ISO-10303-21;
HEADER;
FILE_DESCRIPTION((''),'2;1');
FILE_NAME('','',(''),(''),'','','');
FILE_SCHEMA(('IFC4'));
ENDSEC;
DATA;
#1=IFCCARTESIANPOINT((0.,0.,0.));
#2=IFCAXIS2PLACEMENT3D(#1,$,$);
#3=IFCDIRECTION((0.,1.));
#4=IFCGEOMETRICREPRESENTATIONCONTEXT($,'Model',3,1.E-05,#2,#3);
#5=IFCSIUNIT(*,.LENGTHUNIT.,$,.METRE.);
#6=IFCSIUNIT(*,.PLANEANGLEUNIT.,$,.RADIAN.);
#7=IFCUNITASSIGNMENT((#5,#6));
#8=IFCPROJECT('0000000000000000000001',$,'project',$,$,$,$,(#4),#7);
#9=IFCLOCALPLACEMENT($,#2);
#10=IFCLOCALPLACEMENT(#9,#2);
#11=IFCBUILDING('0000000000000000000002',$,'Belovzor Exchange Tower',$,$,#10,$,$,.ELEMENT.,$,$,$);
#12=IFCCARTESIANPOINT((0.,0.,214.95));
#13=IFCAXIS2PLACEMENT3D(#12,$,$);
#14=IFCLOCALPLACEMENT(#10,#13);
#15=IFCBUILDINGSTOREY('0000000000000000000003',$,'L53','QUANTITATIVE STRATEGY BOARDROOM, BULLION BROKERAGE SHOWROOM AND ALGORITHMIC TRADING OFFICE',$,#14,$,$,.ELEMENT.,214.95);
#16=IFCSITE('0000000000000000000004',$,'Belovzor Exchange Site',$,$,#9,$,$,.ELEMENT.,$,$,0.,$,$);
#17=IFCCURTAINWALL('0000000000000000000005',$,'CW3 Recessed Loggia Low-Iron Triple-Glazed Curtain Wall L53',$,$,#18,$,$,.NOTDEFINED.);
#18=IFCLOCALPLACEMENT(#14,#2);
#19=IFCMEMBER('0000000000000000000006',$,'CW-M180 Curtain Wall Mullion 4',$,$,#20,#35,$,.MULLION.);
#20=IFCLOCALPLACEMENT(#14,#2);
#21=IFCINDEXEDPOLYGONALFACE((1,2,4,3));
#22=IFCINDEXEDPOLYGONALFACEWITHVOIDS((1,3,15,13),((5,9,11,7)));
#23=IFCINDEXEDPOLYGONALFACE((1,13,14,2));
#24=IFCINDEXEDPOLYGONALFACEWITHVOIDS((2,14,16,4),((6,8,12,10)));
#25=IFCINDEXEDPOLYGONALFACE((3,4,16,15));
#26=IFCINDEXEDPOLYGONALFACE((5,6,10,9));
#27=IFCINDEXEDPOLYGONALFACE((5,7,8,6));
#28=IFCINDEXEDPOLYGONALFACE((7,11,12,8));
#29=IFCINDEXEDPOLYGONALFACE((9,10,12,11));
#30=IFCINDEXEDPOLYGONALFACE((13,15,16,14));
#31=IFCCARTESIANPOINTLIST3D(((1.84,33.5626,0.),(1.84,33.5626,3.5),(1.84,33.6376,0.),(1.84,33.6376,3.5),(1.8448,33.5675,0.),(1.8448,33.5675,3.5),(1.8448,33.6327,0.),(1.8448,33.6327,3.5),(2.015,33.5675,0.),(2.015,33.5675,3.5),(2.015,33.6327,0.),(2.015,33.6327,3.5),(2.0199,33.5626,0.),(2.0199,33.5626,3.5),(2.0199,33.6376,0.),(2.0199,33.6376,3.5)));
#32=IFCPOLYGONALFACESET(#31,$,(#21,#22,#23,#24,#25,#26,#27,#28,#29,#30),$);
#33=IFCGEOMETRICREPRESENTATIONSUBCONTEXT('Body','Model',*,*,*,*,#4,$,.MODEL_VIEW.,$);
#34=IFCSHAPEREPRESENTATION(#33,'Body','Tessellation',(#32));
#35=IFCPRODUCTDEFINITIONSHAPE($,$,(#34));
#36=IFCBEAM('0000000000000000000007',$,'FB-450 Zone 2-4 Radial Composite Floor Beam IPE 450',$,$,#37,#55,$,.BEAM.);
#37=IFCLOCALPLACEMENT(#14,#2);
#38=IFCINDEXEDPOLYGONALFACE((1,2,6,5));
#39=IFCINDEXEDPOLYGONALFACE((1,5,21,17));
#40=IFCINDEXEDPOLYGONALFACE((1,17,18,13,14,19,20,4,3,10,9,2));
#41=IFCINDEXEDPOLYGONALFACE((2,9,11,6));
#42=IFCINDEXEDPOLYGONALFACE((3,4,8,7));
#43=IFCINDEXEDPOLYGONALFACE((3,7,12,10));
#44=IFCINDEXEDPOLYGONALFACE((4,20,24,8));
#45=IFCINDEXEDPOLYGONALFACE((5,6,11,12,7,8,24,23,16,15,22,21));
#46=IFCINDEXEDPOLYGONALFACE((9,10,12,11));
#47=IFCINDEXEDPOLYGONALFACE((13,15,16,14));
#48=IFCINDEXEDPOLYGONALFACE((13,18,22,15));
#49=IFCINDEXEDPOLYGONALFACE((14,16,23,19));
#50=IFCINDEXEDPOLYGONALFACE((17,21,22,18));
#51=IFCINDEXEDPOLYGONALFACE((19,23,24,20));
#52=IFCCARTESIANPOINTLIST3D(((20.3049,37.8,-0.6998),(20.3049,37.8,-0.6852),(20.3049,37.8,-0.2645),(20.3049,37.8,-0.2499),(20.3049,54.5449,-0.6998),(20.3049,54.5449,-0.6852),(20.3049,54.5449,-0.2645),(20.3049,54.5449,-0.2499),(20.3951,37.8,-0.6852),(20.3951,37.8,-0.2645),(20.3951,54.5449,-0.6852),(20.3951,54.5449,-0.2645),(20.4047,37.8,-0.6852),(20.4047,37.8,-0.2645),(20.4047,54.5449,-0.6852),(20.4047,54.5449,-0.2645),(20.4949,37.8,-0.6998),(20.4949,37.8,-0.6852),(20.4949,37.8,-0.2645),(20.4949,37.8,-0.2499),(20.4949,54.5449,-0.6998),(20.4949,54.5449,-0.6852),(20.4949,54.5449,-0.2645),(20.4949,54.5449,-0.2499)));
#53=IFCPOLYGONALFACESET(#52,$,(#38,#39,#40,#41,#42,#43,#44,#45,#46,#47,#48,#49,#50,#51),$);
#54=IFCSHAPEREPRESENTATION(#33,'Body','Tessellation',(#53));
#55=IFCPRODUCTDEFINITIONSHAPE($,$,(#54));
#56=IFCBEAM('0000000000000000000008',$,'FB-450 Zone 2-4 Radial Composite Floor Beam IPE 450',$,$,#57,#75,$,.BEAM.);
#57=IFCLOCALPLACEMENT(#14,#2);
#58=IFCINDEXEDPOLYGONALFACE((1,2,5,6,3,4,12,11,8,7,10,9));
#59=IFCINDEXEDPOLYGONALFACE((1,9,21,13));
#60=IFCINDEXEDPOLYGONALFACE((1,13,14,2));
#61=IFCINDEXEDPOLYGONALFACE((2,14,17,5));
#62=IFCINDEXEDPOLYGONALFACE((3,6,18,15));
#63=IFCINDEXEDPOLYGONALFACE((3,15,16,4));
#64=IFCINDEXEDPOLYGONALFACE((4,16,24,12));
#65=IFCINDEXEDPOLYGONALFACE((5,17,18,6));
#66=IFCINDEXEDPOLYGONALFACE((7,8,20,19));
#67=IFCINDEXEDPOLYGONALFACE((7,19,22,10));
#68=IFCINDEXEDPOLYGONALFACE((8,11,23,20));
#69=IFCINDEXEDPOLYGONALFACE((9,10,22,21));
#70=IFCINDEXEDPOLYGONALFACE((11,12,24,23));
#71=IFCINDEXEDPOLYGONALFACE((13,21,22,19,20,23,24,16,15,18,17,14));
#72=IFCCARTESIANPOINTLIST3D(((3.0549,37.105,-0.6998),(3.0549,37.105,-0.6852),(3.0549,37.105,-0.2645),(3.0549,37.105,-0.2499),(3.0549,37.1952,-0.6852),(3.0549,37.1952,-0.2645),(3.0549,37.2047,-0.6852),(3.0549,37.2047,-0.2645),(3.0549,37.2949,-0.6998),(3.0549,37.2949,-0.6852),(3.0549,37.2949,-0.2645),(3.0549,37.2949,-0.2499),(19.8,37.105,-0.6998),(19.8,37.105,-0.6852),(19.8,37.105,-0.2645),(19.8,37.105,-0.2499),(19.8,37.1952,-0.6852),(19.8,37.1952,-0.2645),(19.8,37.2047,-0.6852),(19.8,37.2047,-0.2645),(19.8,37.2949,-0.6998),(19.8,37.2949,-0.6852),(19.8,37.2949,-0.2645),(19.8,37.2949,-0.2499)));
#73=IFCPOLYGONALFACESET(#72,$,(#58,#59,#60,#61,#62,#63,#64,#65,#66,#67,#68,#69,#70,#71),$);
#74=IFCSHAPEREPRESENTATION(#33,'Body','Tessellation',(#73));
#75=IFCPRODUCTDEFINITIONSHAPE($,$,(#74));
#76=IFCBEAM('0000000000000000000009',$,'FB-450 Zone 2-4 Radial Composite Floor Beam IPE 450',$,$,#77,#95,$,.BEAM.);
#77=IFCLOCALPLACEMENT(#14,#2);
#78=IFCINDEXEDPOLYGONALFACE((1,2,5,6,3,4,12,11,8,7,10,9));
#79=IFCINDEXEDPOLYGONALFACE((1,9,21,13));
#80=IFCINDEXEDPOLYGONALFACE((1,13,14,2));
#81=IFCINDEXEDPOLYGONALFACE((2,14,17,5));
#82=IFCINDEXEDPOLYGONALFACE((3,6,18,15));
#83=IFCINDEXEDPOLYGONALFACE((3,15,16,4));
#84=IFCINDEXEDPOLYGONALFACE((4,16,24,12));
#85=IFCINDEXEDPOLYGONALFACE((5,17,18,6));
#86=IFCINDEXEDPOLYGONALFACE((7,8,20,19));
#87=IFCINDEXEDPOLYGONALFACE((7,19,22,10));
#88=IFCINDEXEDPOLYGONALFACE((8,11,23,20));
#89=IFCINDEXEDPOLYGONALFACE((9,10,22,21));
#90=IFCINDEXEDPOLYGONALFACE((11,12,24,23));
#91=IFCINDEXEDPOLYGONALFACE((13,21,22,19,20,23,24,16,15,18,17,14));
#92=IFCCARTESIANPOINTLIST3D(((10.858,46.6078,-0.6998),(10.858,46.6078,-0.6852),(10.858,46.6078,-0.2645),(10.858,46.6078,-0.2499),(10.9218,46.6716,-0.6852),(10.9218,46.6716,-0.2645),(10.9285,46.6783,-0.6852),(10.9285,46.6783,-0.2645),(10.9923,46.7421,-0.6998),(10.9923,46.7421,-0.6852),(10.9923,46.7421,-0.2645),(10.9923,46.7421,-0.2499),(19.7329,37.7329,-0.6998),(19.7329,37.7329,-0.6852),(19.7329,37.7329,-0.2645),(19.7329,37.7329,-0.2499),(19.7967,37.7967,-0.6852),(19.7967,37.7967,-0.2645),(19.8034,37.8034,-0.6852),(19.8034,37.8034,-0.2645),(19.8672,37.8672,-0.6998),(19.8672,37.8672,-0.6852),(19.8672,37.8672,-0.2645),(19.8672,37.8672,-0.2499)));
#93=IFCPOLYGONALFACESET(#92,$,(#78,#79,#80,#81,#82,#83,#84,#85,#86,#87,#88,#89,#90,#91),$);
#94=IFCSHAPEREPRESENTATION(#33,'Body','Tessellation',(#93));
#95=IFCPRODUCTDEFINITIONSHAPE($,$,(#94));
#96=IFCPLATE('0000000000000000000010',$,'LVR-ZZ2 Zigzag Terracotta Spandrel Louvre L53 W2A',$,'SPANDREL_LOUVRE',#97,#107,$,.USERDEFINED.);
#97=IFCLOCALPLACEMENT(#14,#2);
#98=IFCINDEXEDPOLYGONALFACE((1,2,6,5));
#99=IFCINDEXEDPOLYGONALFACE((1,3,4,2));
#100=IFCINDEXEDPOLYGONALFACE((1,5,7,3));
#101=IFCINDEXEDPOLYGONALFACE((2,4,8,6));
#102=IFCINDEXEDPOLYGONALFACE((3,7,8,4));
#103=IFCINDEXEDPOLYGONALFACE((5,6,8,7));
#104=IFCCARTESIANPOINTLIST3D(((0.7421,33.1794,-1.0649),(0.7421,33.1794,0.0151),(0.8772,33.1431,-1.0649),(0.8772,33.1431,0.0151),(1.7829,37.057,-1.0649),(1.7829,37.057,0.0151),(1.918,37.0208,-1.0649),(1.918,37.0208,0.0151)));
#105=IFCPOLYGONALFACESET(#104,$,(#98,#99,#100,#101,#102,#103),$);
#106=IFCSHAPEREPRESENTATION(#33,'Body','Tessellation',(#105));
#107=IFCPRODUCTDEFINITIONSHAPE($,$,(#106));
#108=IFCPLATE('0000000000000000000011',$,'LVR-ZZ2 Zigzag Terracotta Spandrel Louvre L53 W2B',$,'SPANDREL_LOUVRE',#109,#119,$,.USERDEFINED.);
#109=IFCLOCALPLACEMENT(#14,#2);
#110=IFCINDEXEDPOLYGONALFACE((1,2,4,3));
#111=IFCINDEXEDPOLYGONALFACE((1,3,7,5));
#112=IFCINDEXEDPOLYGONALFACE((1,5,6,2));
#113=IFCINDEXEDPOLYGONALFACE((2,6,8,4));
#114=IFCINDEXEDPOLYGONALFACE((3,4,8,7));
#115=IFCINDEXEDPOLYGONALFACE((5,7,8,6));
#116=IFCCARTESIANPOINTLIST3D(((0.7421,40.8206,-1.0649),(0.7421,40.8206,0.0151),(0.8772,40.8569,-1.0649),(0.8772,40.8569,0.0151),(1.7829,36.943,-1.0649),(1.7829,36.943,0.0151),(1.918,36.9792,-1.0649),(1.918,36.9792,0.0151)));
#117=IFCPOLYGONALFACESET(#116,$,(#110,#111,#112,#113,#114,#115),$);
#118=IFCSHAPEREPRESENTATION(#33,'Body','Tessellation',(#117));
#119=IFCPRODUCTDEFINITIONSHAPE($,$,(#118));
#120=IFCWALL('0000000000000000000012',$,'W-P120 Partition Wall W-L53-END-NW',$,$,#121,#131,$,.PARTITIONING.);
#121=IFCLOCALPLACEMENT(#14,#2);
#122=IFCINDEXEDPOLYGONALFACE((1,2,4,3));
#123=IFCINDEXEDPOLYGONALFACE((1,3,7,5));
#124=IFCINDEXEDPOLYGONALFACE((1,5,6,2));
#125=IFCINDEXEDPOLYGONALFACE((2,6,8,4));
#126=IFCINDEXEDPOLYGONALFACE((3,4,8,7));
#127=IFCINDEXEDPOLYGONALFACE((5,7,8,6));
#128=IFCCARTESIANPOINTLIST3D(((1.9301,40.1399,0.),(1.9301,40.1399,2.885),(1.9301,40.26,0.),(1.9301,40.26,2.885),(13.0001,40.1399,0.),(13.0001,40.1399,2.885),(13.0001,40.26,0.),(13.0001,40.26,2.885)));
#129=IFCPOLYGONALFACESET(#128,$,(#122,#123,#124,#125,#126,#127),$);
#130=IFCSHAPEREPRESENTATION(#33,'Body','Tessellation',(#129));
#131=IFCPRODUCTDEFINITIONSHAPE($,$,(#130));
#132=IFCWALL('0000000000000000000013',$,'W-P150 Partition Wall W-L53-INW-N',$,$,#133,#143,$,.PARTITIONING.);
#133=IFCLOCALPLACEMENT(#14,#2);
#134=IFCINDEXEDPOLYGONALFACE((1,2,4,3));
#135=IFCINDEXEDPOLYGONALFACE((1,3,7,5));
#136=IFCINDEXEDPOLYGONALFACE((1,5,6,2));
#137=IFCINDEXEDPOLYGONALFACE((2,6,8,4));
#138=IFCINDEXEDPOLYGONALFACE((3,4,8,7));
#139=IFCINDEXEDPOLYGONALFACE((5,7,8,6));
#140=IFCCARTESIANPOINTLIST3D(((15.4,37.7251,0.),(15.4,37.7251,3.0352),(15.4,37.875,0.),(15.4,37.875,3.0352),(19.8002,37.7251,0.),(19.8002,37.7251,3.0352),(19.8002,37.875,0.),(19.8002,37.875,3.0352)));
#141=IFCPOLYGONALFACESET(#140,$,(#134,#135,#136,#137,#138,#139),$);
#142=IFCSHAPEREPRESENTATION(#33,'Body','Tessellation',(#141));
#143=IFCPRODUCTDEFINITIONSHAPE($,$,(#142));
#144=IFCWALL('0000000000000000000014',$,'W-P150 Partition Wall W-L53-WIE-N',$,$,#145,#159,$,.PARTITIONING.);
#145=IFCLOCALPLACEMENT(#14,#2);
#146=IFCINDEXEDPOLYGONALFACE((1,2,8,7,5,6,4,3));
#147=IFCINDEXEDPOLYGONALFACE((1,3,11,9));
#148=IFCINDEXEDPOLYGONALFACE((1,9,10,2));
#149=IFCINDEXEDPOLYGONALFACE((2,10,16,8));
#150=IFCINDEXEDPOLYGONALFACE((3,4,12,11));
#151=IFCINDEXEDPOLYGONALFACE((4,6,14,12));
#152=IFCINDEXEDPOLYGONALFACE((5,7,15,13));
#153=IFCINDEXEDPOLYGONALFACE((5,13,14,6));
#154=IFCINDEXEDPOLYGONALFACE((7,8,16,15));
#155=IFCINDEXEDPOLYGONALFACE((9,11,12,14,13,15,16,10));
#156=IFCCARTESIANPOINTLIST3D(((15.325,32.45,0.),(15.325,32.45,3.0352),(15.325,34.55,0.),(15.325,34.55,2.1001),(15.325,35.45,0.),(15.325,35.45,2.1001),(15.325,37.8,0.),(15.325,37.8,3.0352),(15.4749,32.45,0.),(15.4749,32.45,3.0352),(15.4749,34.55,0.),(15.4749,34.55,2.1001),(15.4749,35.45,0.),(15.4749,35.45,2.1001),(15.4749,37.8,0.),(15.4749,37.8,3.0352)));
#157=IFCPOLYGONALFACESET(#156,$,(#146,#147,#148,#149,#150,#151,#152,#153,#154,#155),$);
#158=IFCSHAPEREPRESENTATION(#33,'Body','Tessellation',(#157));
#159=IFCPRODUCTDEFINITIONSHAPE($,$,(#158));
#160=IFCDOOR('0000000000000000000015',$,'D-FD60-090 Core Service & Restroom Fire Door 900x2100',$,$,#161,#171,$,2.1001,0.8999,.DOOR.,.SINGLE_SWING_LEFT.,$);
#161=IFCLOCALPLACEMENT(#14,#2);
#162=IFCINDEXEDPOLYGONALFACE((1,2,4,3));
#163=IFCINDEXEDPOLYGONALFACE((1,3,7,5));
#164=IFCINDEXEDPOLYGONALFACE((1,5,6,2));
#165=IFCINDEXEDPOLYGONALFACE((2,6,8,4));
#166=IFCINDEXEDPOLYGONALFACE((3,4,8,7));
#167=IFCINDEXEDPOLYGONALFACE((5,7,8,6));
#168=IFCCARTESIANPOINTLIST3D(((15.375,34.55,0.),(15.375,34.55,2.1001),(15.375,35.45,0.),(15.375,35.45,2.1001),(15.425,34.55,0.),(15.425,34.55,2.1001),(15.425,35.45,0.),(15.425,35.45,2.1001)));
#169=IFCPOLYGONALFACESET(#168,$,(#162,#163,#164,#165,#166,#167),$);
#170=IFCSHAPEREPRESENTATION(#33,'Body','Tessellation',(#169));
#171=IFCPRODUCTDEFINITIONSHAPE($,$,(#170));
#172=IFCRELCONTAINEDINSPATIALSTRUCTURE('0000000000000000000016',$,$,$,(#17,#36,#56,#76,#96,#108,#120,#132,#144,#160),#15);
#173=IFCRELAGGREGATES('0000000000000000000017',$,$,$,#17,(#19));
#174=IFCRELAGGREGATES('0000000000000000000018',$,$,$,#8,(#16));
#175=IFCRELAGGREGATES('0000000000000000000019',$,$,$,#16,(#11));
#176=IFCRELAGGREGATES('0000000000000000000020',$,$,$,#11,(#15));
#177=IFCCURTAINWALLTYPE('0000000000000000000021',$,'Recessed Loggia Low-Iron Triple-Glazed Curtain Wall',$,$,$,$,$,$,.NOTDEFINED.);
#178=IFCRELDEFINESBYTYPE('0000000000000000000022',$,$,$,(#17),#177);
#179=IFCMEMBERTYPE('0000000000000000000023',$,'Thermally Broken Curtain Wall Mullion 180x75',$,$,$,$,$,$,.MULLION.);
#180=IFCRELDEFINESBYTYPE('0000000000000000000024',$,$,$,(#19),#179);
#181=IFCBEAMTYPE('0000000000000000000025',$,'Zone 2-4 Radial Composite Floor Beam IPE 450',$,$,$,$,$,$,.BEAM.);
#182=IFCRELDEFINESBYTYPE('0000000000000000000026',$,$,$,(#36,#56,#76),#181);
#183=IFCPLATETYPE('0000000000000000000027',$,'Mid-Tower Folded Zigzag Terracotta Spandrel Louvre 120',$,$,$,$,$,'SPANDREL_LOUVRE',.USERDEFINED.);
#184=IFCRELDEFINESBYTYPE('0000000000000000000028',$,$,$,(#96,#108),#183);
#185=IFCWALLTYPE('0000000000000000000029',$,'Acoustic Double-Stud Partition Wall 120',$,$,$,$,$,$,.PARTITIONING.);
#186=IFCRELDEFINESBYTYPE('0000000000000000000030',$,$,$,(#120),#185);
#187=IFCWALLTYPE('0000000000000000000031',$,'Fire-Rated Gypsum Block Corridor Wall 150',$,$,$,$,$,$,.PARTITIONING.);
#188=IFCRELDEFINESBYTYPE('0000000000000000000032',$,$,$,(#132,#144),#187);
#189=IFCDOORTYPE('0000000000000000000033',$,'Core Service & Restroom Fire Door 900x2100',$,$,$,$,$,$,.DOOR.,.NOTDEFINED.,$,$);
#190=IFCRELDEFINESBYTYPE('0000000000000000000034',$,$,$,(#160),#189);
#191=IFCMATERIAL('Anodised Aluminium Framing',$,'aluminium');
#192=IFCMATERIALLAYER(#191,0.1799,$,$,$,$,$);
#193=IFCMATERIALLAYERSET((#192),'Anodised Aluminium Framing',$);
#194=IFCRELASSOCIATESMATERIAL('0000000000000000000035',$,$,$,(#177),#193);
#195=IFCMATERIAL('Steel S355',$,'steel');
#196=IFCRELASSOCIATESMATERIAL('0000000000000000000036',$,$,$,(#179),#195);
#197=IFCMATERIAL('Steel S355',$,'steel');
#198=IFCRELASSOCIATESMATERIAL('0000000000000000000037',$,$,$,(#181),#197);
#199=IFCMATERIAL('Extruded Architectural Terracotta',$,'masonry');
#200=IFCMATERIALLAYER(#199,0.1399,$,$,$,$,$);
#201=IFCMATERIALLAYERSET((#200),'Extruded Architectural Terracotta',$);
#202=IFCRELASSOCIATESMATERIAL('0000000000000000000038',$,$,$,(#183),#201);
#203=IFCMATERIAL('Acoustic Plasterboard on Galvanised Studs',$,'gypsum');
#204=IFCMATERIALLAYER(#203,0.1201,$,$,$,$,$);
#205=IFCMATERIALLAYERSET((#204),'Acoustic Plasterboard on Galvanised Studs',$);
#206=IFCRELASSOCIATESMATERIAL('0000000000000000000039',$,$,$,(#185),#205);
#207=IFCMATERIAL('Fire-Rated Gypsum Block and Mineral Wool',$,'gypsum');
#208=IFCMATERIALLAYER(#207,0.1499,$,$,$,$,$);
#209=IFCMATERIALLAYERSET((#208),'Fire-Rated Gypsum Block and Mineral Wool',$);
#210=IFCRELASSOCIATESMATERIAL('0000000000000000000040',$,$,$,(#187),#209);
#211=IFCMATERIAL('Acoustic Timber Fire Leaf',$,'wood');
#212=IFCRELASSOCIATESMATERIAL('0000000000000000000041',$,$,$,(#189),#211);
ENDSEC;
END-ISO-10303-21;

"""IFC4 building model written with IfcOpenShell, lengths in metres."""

from ifc_helpers import new_model, si_unit, direction, frame, frame_2d, origin, origin_2d, place, context, subcontext, project, spatial, rectangle, hollow_rectangle, i_section, extrude, material, layer, layer_set, material_profile, profile_set, type_object, element, fill, aggregate, save


model = new_model("IFC4")

# Units and contexts
model_context = context("Model", 3, precision=1e-05, world=origin(), true_north=direction((0.0, 1.0)))
body_context = subcontext(model_context, "Body", "Model", "MODEL_VIEW")
ifc_project = project(units=[si_unit("LENGTHUNIT", "METRE"), si_unit("PLANEANGLEUNIT", "RADIAN")], contexts=[model_context])

# Site, building, storey
site_placement = place(None, origin())
site = spatial("IfcSite", under=ifc_project, at=site_placement, Name="Belovzor Exchange Site", CompositionType="ELEMENT", RefElevation=0.0)
building_placement = place(site_placement, origin())
building = spatial("IfcBuilding", under=site, at=building_placement, Name="Belovzor Exchange Tower", CompositionType="ELEMENT")
storey_placement = place(building_placement, frame((0.0, 0.0, 214.95)))
storey = spatial("IfcBuildingStorey", under=building, at=storey_placement, Name="L53", Description="QUANTITATIVE STRATEGY BOARDROOM, BULLION BROKERAGE SHOWROOM AND ALGORITHMIC TRADING OFFICE", CompositionType="ELEMENT", Elevation=214.95)

# Curtain wall, member
ifc_material_1 = material(Name="Anodised Aluminium Framing", Category="aluminium")
ifc_layer_1 = layer(ifc_material_1, 0.1799)
ifc_layer_set_1 = layer_set([ifc_layer_1], Name="Anodised Aluminium Framing")
curtain_wall_type = type_object("IfcCurtainWallType", Name="Recessed Loggia Low-Iron Triple-Glazed Curtain Wall", PredefinedType="NOTDEFINED", material=ifc_layer_set_1)
curtain_wall_placement = place(storey_placement, origin())
curtain_wall = element("IfcCurtainWall", 1, at=curtain_wall_placement, inside=storey, type_object=curtain_wall_type, Name="CW3 Recessed Loggia Low-Iron Triple-Glazed Curtain Wall L53", PredefinedType="NOTDEFINED")
ifc_material_2 = material(Name="Steel S355", Category="steel")
ifc_material_profile_1 = material_profile(ifc_material_2, hollow_rectangle(XDim=0.075, YDim=0.1799, WallThickness=0.0049, at=origin_2d()))
ifc_profile_set_1 = profile_set([ifc_material_profile_1], Name="Steel S355")
member_type = type_object("IfcMemberType", Name="Thermally Broken Curtain Wall Mullion 180x75", PredefinedType="MULLION", material=ifc_profile_set_1)
member_placement = place(storey_placement, frame((1.9299, 33.6001, 0.0), z_axis=(0.0, 0.0, 1.0), x_axis=(0.0, 1.0, 0.0)))
member = element("IfcMember", 2, at=member_placement, type_object=member_type, Name="CW-M180 Curtain Wall Mullion 4", PredefinedType="MULLION", context=body_context, shape_type="SweptSolid", body=[
    extrude(hollow_rectangle(XDim=0.075, YDim=0.1799, WallThickness=0.0049, at=origin_2d()), origin(), (0.0, 0.0, 1.0), 3.5),
])
aggregate(curtain_wall, [member])

# Beams
ifc_material_3 = material(Name="Steel S355", Category="steel")
ifc_material_profile_2 = material_profile(ifc_material_3, i_section(OverallWidth=0.1899, OverallDepth=0.45, WebThickness=0.0095, FlangeThickness=0.0146, at=origin_2d()))
ifc_profile_set_2 = profile_set([ifc_material_profile_2], Name="Steel S355")
beam_type = type_object("IfcBeamType", Name="Zone 2-4 Radial Composite Floor Beam IPE 450", PredefinedType="BEAM", material=ifc_profile_set_2)
beam_1_placement = place(storey_placement, frame((20.3999, 37.8, -0.4749), z_axis=(0.0, 1.0, 0.0), x_axis=(-1.0, 0.0, 0.0)))
element("IfcBeam", 3, at=beam_1_placement, inside=storey, type_object=beam_type, Name="FB-450 Zone 2-4 Radial Composite Floor Beam IPE 450", PredefinedType="BEAM", context=body_context, shape_type="SweptSolid", body=[
    extrude(i_section(OverallWidth=0.1899, OverallDepth=0.45, WebThickness=0.0095, FlangeThickness=0.0146, at=origin_2d()), origin(), (0.0, 0.0, 1.0), 16.7449),
])
beam_2_placement = place(storey_placement, frame((19.8, 37.2, -0.4749), z_axis=(-1.0, 0.0, 0.0), x_axis=(0.0, -1.0, 0.0)))
element("IfcBeam", 4, at=beam_2_placement, inside=storey, type_object=beam_type, Name="FB-450 Zone 2-4 Radial Composite Floor Beam IPE 450", PredefinedType="BEAM", context=body_context, shape_type="SweptSolid", body=[
    extrude(i_section(OverallWidth=0.1899, OverallDepth=0.45, WebThickness=0.0095, FlangeThickness=0.0146, at=origin_2d()), origin(), (0.0, 0.0, 1.0), 16.7451),
])
beam_3_placement = place(storey_placement, frame((19.8, 37.8, -0.4749), z_axis=(-0.707107, 0.707107, 0.0), x_axis=(-0.707107, -0.707107, 0.0)))
element("IfcBeam", 5, at=beam_3_placement, inside=storey, type_object=beam_type, Name="FB-450 Zone 2-4 Radial Composite Floor Beam IPE 450", PredefinedType="BEAM", context=body_context, shape_type="SweptSolid", body=[
    extrude(i_section(OverallWidth=0.1899, OverallDepth=0.45, WebThickness=0.0095, FlangeThickness=0.0146, at=origin_2d()), origin(), (0.0, 0.0, 1.0), 12.551),
])

# Plates
ifc_material_4 = material(Name="Extruded Architectural Terracotta", Category="masonry")
ifc_layer_2 = layer(ifc_material_4, 0.1399)
ifc_layer_set_2 = layer_set([ifc_layer_2], Name="Extruded Architectural Terracotta")
plate_type = type_object("IfcPlateType", Name="Mid-Tower Folded Zigzag Terracotta Spandrel Louvre 120", ElementType="SPANDREL_LOUVRE", PredefinedType="USERDEFINED", material=ifc_layer_set_2)
for number, where, z_axis, x_axis, name in (
    (6, (1.3301, 35.1001, -1.0649), (0.0, 0.0, 1.0), (0.25924, 0.965813, 0.0), "LVR-ZZ2 Zigzag Terracotta Spandrel Louvre L53 W2A"),
    (7, (1.3301, 38.8999, -1.0649), (0.0, 0.0, 1.0), (-0.25924, 0.965813, 0.0), "LVR-ZZ2 Zigzag Terracotta Spandrel Louvre L53 W2B"),
):
    element("IfcPlate", number, at=place(storey_placement, frame(where, z_axis=z_axis, x_axis=x_axis)), inside=storey, type_object=plate_type, Name=name, ObjectType="SPANDREL_LOUVRE", PredefinedType="USERDEFINED", context=body_context, shape_type="SweptSolid", body=[
        extrude(rectangle(XDim=4.0149, YDim=0.1399, at=origin_2d()), origin(), (0.0, 0.0, 1.0), 1.0801),
    ])

# Walls
ifc_material_5 = material(Name="Acoustic Plasterboard on Galvanised Studs", Category="gypsum")
ifc_layer_3 = layer(ifc_material_5, 0.1201)
ifc_layer_set_3 = layer_set([ifc_layer_3], Name="Acoustic Plasterboard on Galvanised Studs")
wall_type_1 = type_object("IfcWallType", Name="Acoustic Double-Stud Partition Wall 120", PredefinedType="PARTITIONING", material=ifc_layer_set_3)
wall_1_placement = place(storey_placement, frame((1.9299, 40.2, 0.0), z_axis=(0.0, 0.0, 1.0), x_axis=(1.0, 0.0, 0.0)))
element("IfcWall", 8, at=wall_1_placement, inside=storey, type_object=wall_type_1, Name="W-P120 Partition Wall W-L53-END-NW", PredefinedType="PARTITIONING", context=body_context, shape_type="SweptSolid", body=[
    extrude(rectangle(XDim=11.0701, YDim=0.1201, at=frame_2d((5.5352, 0.0))), origin(), (0.0, 0.0, 1.0), 2.885),
])
ifc_material_6 = material(Name="Fire-Rated Gypsum Block and Mineral Wool", Category="gypsum")
ifc_layer_4 = layer(ifc_material_6, 0.1499)
ifc_layer_set_4 = layer_set([ifc_layer_4], Name="Fire-Rated Gypsum Block and Mineral Wool")
wall_type_2 = type_object("IfcWallType", Name="Fire-Rated Gypsum Block Corridor Wall 150", PredefinedType="PARTITIONING", material=ifc_layer_set_4)
wall_2_placement = place(storey_placement, frame((15.3999, 37.8, 0.0), z_axis=(0.0, 0.0, 1.0), x_axis=(1.0, 0.0, 0.0)))
element("IfcWall", 9, at=wall_2_placement, inside=storey, type_object=wall_type_2, Name="W-P150 Partition Wall W-L53-INW-N", PredefinedType="PARTITIONING", context=body_context, shape_type="SweptSolid", body=[
    extrude(rectangle(XDim=4.4001, YDim=0.1499, at=frame_2d((2.2002, 0.0))), origin(), (0.0, 0.0, 1.0), 3.0352),
])

# Wall, opening, door
wall_3_placement = place(storey_placement, frame((15.3999, 32.45, 0.0), z_axis=(0.0, 0.0, 1.0), x_axis=(0.0, 1.0, 0.0)))
wall_3 = element("IfcWall", 10, at=wall_3_placement, inside=storey, type_object=wall_type_2, Name="W-P150 Partition Wall W-L53-WIE-N", PredefinedType="PARTITIONING", context=body_context, shape_type="SweptSolid", body=[
    extrude(rectangle(XDim=5.3501, YDim=0.1499, at=frame_2d((2.675, 0.0))), origin(), (0.0, 0.0, 1.0), 3.0352),
])
opening_1_placement = place(wall_3_placement, frame((2.1001, 0.0, 0.0)))
opening_1 = element("IfcOpeningElement", 11, at=opening_1_placement, cuts=wall_3, PredefinedType="OPENING", context=body_context, shape_type="SweptSolid", body=[
    extrude(rectangle(XDim=0.8999, YDim=2.1001, at=frame_2d((0.45, 1.05))), frame((0.0, 0.085, 0.0), z_axis=(0.0, -1.0, 0.0), x_axis=(1.0, 0.0, 0.0)), (0.0, 0.0, 1.0), 0.1699),
])
ifc_material_7 = material(Name="Acoustic Timber Fire Leaf", Category="wood")
door_type_1 = type_object("IfcDoorType", Name="Core Service & Restroom Fire Door 900x2100", OperationType="NOTDEFINED", PredefinedType="DOOR", material=ifc_material_7)
door_1_placement = place(opening_1_placement, origin())
door_1 = element("IfcDoor", 12, at=door_1_placement, inside=storey, type_object=door_type_1, Name="D-FD60-090 Core Service & Restroom Fire Door 900x2100", OperationType="SINGLE_SWING_LEFT", OverallHeight=2.1001, OverallWidth=0.8999, PredefinedType="DOOR", context=body_context, shape_type="SweptSolid", body=[
    extrude(rectangle(XDim=0.8999, YDim=2.1001, at=frame_2d((0.45, 1.05))), frame((0.0, 0.0249, 0.0), z_axis=(0.0, -1.0, 0.0), x_axis=(1.0, 0.0, 0.0)), (0.0, 0.0, 1.0), 0.05),
])
fill(opening_1, door_1)

save(model, "model.ifc")
